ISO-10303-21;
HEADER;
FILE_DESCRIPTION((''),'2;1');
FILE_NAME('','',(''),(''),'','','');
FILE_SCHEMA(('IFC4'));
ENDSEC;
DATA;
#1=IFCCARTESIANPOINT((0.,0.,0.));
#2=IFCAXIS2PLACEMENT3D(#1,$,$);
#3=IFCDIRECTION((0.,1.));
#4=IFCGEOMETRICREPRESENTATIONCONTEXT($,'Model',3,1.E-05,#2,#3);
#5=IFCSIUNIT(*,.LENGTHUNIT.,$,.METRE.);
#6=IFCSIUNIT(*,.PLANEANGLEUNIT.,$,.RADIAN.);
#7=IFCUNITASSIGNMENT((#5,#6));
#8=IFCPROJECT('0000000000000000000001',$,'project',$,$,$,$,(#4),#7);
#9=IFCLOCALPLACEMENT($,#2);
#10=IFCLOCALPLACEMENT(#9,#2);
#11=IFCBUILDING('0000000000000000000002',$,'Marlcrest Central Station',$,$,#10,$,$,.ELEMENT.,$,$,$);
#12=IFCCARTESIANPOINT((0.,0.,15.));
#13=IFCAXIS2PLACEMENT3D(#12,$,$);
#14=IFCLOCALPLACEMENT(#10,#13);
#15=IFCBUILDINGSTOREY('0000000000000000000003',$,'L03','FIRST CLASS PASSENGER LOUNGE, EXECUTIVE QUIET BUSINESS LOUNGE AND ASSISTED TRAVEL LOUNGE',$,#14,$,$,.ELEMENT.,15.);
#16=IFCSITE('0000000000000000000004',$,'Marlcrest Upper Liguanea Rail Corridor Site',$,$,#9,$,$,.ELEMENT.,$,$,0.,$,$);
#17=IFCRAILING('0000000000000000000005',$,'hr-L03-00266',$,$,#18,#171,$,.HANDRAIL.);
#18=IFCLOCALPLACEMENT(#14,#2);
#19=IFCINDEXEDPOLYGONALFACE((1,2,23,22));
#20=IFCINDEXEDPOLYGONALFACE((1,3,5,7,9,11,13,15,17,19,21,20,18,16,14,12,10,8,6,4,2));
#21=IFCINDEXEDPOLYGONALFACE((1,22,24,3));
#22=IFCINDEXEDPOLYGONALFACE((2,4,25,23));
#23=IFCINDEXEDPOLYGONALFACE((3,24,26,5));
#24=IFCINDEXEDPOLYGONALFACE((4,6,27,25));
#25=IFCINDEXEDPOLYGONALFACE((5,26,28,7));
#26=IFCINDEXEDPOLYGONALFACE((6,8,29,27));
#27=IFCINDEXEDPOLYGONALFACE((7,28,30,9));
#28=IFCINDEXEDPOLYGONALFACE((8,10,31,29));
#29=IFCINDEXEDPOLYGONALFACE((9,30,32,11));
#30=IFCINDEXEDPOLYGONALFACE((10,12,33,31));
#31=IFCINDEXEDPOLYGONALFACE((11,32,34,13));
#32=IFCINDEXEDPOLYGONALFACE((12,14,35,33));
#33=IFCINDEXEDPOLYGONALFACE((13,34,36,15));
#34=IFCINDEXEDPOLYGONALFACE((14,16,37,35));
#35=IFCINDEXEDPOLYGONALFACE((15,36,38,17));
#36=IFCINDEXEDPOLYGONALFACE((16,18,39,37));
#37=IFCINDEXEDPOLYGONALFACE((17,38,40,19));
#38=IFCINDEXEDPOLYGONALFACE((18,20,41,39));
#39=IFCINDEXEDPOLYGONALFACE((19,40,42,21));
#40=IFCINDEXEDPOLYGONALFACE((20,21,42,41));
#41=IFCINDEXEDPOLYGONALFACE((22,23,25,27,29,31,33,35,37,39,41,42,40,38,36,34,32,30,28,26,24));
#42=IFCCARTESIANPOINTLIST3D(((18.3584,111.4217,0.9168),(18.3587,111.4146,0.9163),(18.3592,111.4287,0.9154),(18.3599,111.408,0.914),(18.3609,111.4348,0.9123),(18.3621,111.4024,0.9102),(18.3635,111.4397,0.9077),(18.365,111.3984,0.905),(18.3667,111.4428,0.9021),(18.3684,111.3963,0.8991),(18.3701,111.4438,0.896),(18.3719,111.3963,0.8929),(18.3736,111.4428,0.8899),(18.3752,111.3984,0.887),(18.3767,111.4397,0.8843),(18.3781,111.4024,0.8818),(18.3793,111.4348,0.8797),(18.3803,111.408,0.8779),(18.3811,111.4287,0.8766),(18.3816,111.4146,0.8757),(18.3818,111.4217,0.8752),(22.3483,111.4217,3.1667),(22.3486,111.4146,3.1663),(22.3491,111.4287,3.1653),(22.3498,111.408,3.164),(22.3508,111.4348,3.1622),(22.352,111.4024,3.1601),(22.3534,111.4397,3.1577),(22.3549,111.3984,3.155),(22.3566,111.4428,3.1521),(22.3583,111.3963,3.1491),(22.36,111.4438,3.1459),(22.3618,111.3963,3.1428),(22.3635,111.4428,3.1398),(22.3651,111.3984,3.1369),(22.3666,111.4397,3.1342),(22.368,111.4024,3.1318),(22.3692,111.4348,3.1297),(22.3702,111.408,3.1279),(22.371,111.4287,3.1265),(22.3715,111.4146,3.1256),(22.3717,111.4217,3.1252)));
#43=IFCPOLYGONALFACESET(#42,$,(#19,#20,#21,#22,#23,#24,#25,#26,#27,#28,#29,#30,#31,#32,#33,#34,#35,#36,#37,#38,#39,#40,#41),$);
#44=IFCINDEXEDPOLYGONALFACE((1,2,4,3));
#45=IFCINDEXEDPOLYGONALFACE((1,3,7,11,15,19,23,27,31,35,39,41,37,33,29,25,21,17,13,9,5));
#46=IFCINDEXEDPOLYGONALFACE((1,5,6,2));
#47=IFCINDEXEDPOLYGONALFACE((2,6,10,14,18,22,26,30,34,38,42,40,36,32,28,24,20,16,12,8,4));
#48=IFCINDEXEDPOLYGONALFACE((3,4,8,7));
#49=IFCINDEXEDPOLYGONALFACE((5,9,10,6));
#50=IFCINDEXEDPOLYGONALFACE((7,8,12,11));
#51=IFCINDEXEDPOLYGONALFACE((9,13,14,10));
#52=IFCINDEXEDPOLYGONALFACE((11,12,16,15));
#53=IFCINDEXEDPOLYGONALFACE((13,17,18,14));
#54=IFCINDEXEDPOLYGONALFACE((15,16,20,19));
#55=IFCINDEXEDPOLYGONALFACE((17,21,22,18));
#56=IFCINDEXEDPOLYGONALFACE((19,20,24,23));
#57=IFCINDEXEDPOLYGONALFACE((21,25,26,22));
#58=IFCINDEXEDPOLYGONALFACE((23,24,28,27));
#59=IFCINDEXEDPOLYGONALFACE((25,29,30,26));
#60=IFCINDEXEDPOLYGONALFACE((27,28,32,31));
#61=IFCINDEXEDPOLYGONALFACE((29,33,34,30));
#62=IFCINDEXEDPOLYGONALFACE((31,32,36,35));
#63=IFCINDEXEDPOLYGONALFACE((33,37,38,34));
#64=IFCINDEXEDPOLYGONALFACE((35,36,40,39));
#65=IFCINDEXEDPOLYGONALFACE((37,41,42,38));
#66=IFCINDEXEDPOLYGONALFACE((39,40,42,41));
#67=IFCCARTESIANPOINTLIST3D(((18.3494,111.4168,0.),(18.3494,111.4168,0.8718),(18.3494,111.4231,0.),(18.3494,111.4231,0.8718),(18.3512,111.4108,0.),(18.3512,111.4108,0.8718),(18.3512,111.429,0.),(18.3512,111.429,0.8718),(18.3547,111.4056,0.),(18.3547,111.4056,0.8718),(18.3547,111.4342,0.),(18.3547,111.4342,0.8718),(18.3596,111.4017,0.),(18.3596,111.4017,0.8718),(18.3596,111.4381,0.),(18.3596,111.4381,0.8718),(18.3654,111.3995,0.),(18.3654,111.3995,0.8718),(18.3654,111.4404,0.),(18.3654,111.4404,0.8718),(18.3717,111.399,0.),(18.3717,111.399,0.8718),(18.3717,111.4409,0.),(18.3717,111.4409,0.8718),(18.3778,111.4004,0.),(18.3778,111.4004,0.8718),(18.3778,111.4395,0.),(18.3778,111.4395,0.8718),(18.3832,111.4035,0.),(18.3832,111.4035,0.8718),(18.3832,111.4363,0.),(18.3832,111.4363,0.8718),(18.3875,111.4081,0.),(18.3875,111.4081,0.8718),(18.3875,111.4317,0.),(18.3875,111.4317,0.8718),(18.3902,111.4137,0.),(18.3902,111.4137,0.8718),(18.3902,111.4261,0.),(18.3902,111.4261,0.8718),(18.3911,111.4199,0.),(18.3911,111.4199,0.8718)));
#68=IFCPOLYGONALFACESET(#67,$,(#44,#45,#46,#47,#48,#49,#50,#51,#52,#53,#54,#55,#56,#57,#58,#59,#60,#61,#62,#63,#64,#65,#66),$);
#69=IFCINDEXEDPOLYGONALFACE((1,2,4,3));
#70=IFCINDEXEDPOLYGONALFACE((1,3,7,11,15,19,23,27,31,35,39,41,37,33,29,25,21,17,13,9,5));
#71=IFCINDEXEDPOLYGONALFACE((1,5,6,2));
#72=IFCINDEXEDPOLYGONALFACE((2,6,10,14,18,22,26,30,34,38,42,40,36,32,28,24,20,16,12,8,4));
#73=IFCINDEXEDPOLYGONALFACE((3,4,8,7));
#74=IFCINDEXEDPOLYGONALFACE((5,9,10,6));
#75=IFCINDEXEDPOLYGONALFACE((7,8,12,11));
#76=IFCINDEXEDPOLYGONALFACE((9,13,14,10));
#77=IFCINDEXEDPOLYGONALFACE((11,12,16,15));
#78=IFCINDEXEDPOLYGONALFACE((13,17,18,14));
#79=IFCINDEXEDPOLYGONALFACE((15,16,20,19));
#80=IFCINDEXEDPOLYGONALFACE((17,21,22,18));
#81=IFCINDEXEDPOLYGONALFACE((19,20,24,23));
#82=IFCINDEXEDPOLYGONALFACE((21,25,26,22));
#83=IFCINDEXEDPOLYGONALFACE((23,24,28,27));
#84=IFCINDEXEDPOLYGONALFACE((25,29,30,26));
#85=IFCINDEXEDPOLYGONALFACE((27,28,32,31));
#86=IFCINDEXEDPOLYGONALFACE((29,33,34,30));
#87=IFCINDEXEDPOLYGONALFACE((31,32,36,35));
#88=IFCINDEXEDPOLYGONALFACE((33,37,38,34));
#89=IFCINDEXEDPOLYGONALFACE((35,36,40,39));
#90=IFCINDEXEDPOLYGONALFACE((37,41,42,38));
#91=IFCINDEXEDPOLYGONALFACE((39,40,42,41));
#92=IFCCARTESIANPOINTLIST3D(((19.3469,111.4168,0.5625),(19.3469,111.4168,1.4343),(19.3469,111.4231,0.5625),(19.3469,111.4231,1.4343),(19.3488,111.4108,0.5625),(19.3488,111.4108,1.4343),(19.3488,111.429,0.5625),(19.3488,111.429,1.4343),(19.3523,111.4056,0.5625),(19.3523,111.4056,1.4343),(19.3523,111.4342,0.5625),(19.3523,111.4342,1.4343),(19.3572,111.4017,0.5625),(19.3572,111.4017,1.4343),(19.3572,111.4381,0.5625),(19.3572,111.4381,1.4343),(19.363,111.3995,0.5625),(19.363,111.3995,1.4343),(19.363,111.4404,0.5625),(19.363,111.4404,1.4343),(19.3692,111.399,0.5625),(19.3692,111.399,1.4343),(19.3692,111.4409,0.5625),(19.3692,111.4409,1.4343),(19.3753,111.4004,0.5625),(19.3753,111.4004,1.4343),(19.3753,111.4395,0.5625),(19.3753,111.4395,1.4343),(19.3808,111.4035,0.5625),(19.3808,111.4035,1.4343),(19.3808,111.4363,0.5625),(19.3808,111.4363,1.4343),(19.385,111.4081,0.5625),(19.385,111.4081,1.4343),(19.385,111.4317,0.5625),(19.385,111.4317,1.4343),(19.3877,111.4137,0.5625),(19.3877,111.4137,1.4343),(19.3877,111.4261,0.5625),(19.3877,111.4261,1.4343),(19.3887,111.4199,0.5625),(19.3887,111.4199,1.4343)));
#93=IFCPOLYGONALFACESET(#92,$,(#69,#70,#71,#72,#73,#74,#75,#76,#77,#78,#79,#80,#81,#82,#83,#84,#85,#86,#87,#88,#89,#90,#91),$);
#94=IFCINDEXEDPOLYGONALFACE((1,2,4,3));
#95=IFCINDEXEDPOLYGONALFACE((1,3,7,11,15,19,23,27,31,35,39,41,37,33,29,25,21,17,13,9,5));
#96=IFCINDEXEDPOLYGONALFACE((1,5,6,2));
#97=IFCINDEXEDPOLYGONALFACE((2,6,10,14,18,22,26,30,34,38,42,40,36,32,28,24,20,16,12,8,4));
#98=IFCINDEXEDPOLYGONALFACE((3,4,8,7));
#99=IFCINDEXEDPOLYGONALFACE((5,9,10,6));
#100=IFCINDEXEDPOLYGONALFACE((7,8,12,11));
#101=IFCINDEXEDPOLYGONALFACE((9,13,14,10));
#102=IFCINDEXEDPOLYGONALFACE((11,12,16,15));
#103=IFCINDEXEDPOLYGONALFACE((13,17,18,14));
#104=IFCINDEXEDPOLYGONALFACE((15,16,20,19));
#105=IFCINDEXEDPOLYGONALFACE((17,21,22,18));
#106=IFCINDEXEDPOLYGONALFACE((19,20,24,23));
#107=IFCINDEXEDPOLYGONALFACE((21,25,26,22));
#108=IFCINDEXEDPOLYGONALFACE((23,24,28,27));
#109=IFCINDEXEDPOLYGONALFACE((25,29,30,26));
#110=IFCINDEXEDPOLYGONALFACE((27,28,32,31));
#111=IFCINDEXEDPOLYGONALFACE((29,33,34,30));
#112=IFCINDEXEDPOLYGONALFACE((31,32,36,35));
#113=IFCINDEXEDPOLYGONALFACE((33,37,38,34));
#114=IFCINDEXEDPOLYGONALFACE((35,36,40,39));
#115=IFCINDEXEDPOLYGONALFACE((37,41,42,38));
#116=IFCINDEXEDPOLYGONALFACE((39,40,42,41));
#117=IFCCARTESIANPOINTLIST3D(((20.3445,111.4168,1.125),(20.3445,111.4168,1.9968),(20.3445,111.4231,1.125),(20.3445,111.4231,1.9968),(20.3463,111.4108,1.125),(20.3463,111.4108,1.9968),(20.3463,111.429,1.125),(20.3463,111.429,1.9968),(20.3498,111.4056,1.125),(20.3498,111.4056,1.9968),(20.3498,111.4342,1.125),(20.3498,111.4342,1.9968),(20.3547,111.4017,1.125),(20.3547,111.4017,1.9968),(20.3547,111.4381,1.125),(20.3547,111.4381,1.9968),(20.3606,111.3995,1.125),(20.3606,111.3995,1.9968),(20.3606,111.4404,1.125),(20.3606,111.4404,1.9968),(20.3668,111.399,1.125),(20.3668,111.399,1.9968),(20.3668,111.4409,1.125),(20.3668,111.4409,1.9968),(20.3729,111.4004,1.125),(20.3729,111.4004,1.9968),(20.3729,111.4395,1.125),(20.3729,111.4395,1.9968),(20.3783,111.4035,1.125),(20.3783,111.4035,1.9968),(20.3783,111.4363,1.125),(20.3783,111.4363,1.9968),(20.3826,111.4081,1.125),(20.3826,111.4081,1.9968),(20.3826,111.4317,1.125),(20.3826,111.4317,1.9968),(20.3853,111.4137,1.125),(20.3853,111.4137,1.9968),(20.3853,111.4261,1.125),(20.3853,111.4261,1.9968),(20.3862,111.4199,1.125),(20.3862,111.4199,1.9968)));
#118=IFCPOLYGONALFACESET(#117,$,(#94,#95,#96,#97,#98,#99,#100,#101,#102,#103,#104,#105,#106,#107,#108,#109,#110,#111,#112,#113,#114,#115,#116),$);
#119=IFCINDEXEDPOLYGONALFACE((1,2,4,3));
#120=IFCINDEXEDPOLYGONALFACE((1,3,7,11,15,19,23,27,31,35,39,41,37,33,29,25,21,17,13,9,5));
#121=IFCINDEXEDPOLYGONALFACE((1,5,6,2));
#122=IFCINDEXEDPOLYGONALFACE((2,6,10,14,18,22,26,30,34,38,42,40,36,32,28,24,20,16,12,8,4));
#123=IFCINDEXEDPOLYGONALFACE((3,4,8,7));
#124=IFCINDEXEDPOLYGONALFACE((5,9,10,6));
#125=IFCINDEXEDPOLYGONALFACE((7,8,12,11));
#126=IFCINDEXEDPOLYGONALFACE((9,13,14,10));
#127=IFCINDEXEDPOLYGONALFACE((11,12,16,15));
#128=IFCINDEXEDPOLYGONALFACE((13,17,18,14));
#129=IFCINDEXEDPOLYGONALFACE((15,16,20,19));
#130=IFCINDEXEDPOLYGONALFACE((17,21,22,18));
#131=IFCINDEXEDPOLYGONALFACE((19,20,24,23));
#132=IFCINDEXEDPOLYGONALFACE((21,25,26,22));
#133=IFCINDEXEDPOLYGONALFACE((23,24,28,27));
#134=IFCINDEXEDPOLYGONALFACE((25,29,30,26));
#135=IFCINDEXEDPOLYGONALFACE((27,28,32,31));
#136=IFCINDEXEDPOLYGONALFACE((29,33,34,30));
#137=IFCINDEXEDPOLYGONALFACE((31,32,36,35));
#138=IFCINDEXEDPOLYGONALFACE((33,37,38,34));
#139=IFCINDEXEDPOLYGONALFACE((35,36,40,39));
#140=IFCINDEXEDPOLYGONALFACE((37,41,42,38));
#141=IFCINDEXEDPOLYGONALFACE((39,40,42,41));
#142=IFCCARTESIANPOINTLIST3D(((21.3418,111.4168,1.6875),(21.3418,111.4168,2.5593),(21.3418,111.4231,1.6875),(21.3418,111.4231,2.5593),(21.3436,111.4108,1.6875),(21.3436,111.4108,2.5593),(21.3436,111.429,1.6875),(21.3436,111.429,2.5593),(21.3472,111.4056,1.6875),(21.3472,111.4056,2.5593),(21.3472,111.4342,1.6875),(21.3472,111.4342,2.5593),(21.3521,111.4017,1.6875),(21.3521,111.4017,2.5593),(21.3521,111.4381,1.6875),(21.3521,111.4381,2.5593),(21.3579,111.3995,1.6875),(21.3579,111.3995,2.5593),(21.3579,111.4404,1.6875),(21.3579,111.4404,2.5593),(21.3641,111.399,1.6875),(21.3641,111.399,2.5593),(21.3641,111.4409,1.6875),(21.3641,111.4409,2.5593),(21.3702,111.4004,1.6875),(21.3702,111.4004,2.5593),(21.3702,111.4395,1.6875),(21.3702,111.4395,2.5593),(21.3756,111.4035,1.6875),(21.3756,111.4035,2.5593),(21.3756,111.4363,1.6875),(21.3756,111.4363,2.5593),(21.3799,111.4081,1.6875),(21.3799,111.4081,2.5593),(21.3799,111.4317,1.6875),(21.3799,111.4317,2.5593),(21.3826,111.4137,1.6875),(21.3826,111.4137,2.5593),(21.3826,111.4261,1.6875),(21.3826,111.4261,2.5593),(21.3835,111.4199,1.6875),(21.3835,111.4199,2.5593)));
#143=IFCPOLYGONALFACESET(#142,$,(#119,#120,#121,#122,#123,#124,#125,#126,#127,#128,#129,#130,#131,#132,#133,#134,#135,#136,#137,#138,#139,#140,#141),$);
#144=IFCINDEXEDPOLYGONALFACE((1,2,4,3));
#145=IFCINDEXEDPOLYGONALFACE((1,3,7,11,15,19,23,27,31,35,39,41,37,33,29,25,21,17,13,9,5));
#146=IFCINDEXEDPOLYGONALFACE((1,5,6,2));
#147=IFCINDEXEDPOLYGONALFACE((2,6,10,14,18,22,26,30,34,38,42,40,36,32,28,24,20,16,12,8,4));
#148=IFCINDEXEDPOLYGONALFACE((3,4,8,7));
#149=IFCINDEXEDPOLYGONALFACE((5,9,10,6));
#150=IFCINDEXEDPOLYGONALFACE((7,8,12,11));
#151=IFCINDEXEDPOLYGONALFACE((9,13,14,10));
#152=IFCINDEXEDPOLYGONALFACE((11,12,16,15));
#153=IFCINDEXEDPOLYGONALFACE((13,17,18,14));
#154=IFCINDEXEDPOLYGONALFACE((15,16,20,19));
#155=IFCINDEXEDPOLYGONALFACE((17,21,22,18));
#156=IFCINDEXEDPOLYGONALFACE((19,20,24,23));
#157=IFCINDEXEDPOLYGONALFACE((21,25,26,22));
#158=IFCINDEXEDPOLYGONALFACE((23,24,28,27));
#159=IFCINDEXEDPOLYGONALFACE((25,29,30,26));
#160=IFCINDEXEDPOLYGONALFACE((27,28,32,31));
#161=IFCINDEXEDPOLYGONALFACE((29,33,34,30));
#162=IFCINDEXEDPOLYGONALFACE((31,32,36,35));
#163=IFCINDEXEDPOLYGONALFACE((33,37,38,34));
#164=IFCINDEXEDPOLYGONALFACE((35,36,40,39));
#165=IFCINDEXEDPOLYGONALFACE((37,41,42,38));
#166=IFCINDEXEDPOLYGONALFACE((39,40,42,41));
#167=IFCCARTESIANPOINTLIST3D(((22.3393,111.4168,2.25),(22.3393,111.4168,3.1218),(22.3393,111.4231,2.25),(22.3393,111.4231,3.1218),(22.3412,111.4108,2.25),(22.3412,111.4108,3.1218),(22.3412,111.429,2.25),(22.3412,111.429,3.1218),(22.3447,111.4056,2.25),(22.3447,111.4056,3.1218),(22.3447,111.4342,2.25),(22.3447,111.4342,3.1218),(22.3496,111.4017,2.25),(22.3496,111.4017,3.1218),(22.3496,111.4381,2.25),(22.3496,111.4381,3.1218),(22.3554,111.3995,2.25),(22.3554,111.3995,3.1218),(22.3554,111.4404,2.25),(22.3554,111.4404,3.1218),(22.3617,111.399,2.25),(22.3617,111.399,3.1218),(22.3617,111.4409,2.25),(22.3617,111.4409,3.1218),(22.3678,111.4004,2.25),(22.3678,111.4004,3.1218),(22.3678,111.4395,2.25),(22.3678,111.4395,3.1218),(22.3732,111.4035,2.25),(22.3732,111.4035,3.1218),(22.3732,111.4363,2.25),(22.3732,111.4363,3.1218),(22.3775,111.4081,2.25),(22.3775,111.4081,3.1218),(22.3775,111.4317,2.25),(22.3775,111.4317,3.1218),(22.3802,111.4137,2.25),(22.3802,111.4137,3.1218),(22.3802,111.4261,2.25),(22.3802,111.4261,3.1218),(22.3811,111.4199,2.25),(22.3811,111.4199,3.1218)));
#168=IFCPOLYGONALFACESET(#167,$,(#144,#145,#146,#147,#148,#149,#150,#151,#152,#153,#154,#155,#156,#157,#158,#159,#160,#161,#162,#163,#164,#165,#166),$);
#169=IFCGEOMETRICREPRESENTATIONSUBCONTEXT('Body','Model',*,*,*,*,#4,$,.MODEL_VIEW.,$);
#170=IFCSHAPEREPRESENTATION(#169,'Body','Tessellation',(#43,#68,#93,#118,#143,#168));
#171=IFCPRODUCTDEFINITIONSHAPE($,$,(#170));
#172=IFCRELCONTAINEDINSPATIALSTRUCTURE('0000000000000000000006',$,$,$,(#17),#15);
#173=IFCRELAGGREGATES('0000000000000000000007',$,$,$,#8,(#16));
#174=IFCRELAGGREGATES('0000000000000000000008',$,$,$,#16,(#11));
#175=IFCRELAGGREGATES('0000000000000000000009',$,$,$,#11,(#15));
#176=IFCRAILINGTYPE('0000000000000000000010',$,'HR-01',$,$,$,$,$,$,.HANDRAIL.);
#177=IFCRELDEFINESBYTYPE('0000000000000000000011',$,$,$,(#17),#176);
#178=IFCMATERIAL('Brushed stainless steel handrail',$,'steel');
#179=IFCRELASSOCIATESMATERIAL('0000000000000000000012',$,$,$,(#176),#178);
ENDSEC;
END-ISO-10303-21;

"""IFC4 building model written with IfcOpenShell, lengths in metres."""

from ifc_helpers import new_model, si_unit, direction, frame, origin, origin_2d, place, context, subcontext, project, spatial, circle, extrude, material, type_object, element, save


model = new_model("IFC4")

# Units and contexts
model_context = context("Model", 3, precision=1e-05, world=origin(), true_north=direction((0.0, 1.0)))
body_context = subcontext(model_context, "Body", "Model", "MODEL_VIEW")
ifc_project = project(units=[si_unit("LENGTHUNIT", "METRE"), si_unit("PLANEANGLEUNIT", "RADIAN")], contexts=[model_context])

# Site, building, storey
site_placement = place(None, origin())
site = spatial("IfcSite", under=ifc_project, at=site_placement, Name="Marlcrest Upper Liguanea Rail Corridor Site", CompositionType="ELEMENT", RefElevation=0.0)
building_placement = place(site_placement, origin())
building = spatial("IfcBuilding", under=site, at=building_placement, Name="Marlcrest Central Station", CompositionType="ELEMENT")
storey_placement = place(building_placement, frame((0.0, 0.0, 15.0)))
storey = spatial("IfcBuildingStorey", under=building, at=storey_placement, Name="L03", Description="FIRST CLASS PASSENGER LOUNGE, EXECUTIVE QUIET BUSINESS LOUNGE AND ASSISTED TRAVEL LOUNGE", CompositionType="ELEMENT", Elevation=15.0)

# Railing
ifc_material_1 = material(Name="Brushed stainless steel handrail", Category="steel")
railing_type_1 = type_object("IfcRailingType", Name="HR-01", PredefinedType="HANDRAIL", material=ifc_material_1)
railing_1_placement = place(storey_placement, frame((18.3701, 111.4199, 0.0)))
element("IfcRailing", 1, at=railing_1_placement, inside=storey, type_object=railing_type_1, Name="hr-L03-00266", PredefinedType="HANDRAIL", context=body_context, shape_type="SweptSolid", body=[
    extrude(circle(Radius=0.0239, at=origin_2d()), frame((0.0, 0.0, 0.896), z_axis=(0.87105, 0.0, 0.491195), x_axis=(0.0, 1.0, 0.0)), (0.0, 0.0, 1.0), 4.5806),
    extrude(circle(Radius=0.021, at=origin_2d()), origin(), (0.0, 0.0, 1.0), 0.8718),
    extrude(circle(Radius=0.021, at=origin_2d()), frame((0.9976, 0.0, 0.5625)), (0.0, 0.0, 1.0), 0.8718),
    extrude(circle(Radius=0.021, at=origin_2d()), frame((1.9951, 0.0, 1.125)), (0.0, 0.0, 1.0), 0.8718),
    extrude(circle(Radius=0.021, at=origin_2d()), frame((2.9924, 0.0, 1.6875)), (0.0, 0.0, 1.0), 0.8718),
    extrude(circle(Radius=0.021, at=origin_2d()), frame((3.99, 0.0, 2.25)), (0.0, 0.0, 1.0), 0.8718),
])

save(model, "model.ifc")
